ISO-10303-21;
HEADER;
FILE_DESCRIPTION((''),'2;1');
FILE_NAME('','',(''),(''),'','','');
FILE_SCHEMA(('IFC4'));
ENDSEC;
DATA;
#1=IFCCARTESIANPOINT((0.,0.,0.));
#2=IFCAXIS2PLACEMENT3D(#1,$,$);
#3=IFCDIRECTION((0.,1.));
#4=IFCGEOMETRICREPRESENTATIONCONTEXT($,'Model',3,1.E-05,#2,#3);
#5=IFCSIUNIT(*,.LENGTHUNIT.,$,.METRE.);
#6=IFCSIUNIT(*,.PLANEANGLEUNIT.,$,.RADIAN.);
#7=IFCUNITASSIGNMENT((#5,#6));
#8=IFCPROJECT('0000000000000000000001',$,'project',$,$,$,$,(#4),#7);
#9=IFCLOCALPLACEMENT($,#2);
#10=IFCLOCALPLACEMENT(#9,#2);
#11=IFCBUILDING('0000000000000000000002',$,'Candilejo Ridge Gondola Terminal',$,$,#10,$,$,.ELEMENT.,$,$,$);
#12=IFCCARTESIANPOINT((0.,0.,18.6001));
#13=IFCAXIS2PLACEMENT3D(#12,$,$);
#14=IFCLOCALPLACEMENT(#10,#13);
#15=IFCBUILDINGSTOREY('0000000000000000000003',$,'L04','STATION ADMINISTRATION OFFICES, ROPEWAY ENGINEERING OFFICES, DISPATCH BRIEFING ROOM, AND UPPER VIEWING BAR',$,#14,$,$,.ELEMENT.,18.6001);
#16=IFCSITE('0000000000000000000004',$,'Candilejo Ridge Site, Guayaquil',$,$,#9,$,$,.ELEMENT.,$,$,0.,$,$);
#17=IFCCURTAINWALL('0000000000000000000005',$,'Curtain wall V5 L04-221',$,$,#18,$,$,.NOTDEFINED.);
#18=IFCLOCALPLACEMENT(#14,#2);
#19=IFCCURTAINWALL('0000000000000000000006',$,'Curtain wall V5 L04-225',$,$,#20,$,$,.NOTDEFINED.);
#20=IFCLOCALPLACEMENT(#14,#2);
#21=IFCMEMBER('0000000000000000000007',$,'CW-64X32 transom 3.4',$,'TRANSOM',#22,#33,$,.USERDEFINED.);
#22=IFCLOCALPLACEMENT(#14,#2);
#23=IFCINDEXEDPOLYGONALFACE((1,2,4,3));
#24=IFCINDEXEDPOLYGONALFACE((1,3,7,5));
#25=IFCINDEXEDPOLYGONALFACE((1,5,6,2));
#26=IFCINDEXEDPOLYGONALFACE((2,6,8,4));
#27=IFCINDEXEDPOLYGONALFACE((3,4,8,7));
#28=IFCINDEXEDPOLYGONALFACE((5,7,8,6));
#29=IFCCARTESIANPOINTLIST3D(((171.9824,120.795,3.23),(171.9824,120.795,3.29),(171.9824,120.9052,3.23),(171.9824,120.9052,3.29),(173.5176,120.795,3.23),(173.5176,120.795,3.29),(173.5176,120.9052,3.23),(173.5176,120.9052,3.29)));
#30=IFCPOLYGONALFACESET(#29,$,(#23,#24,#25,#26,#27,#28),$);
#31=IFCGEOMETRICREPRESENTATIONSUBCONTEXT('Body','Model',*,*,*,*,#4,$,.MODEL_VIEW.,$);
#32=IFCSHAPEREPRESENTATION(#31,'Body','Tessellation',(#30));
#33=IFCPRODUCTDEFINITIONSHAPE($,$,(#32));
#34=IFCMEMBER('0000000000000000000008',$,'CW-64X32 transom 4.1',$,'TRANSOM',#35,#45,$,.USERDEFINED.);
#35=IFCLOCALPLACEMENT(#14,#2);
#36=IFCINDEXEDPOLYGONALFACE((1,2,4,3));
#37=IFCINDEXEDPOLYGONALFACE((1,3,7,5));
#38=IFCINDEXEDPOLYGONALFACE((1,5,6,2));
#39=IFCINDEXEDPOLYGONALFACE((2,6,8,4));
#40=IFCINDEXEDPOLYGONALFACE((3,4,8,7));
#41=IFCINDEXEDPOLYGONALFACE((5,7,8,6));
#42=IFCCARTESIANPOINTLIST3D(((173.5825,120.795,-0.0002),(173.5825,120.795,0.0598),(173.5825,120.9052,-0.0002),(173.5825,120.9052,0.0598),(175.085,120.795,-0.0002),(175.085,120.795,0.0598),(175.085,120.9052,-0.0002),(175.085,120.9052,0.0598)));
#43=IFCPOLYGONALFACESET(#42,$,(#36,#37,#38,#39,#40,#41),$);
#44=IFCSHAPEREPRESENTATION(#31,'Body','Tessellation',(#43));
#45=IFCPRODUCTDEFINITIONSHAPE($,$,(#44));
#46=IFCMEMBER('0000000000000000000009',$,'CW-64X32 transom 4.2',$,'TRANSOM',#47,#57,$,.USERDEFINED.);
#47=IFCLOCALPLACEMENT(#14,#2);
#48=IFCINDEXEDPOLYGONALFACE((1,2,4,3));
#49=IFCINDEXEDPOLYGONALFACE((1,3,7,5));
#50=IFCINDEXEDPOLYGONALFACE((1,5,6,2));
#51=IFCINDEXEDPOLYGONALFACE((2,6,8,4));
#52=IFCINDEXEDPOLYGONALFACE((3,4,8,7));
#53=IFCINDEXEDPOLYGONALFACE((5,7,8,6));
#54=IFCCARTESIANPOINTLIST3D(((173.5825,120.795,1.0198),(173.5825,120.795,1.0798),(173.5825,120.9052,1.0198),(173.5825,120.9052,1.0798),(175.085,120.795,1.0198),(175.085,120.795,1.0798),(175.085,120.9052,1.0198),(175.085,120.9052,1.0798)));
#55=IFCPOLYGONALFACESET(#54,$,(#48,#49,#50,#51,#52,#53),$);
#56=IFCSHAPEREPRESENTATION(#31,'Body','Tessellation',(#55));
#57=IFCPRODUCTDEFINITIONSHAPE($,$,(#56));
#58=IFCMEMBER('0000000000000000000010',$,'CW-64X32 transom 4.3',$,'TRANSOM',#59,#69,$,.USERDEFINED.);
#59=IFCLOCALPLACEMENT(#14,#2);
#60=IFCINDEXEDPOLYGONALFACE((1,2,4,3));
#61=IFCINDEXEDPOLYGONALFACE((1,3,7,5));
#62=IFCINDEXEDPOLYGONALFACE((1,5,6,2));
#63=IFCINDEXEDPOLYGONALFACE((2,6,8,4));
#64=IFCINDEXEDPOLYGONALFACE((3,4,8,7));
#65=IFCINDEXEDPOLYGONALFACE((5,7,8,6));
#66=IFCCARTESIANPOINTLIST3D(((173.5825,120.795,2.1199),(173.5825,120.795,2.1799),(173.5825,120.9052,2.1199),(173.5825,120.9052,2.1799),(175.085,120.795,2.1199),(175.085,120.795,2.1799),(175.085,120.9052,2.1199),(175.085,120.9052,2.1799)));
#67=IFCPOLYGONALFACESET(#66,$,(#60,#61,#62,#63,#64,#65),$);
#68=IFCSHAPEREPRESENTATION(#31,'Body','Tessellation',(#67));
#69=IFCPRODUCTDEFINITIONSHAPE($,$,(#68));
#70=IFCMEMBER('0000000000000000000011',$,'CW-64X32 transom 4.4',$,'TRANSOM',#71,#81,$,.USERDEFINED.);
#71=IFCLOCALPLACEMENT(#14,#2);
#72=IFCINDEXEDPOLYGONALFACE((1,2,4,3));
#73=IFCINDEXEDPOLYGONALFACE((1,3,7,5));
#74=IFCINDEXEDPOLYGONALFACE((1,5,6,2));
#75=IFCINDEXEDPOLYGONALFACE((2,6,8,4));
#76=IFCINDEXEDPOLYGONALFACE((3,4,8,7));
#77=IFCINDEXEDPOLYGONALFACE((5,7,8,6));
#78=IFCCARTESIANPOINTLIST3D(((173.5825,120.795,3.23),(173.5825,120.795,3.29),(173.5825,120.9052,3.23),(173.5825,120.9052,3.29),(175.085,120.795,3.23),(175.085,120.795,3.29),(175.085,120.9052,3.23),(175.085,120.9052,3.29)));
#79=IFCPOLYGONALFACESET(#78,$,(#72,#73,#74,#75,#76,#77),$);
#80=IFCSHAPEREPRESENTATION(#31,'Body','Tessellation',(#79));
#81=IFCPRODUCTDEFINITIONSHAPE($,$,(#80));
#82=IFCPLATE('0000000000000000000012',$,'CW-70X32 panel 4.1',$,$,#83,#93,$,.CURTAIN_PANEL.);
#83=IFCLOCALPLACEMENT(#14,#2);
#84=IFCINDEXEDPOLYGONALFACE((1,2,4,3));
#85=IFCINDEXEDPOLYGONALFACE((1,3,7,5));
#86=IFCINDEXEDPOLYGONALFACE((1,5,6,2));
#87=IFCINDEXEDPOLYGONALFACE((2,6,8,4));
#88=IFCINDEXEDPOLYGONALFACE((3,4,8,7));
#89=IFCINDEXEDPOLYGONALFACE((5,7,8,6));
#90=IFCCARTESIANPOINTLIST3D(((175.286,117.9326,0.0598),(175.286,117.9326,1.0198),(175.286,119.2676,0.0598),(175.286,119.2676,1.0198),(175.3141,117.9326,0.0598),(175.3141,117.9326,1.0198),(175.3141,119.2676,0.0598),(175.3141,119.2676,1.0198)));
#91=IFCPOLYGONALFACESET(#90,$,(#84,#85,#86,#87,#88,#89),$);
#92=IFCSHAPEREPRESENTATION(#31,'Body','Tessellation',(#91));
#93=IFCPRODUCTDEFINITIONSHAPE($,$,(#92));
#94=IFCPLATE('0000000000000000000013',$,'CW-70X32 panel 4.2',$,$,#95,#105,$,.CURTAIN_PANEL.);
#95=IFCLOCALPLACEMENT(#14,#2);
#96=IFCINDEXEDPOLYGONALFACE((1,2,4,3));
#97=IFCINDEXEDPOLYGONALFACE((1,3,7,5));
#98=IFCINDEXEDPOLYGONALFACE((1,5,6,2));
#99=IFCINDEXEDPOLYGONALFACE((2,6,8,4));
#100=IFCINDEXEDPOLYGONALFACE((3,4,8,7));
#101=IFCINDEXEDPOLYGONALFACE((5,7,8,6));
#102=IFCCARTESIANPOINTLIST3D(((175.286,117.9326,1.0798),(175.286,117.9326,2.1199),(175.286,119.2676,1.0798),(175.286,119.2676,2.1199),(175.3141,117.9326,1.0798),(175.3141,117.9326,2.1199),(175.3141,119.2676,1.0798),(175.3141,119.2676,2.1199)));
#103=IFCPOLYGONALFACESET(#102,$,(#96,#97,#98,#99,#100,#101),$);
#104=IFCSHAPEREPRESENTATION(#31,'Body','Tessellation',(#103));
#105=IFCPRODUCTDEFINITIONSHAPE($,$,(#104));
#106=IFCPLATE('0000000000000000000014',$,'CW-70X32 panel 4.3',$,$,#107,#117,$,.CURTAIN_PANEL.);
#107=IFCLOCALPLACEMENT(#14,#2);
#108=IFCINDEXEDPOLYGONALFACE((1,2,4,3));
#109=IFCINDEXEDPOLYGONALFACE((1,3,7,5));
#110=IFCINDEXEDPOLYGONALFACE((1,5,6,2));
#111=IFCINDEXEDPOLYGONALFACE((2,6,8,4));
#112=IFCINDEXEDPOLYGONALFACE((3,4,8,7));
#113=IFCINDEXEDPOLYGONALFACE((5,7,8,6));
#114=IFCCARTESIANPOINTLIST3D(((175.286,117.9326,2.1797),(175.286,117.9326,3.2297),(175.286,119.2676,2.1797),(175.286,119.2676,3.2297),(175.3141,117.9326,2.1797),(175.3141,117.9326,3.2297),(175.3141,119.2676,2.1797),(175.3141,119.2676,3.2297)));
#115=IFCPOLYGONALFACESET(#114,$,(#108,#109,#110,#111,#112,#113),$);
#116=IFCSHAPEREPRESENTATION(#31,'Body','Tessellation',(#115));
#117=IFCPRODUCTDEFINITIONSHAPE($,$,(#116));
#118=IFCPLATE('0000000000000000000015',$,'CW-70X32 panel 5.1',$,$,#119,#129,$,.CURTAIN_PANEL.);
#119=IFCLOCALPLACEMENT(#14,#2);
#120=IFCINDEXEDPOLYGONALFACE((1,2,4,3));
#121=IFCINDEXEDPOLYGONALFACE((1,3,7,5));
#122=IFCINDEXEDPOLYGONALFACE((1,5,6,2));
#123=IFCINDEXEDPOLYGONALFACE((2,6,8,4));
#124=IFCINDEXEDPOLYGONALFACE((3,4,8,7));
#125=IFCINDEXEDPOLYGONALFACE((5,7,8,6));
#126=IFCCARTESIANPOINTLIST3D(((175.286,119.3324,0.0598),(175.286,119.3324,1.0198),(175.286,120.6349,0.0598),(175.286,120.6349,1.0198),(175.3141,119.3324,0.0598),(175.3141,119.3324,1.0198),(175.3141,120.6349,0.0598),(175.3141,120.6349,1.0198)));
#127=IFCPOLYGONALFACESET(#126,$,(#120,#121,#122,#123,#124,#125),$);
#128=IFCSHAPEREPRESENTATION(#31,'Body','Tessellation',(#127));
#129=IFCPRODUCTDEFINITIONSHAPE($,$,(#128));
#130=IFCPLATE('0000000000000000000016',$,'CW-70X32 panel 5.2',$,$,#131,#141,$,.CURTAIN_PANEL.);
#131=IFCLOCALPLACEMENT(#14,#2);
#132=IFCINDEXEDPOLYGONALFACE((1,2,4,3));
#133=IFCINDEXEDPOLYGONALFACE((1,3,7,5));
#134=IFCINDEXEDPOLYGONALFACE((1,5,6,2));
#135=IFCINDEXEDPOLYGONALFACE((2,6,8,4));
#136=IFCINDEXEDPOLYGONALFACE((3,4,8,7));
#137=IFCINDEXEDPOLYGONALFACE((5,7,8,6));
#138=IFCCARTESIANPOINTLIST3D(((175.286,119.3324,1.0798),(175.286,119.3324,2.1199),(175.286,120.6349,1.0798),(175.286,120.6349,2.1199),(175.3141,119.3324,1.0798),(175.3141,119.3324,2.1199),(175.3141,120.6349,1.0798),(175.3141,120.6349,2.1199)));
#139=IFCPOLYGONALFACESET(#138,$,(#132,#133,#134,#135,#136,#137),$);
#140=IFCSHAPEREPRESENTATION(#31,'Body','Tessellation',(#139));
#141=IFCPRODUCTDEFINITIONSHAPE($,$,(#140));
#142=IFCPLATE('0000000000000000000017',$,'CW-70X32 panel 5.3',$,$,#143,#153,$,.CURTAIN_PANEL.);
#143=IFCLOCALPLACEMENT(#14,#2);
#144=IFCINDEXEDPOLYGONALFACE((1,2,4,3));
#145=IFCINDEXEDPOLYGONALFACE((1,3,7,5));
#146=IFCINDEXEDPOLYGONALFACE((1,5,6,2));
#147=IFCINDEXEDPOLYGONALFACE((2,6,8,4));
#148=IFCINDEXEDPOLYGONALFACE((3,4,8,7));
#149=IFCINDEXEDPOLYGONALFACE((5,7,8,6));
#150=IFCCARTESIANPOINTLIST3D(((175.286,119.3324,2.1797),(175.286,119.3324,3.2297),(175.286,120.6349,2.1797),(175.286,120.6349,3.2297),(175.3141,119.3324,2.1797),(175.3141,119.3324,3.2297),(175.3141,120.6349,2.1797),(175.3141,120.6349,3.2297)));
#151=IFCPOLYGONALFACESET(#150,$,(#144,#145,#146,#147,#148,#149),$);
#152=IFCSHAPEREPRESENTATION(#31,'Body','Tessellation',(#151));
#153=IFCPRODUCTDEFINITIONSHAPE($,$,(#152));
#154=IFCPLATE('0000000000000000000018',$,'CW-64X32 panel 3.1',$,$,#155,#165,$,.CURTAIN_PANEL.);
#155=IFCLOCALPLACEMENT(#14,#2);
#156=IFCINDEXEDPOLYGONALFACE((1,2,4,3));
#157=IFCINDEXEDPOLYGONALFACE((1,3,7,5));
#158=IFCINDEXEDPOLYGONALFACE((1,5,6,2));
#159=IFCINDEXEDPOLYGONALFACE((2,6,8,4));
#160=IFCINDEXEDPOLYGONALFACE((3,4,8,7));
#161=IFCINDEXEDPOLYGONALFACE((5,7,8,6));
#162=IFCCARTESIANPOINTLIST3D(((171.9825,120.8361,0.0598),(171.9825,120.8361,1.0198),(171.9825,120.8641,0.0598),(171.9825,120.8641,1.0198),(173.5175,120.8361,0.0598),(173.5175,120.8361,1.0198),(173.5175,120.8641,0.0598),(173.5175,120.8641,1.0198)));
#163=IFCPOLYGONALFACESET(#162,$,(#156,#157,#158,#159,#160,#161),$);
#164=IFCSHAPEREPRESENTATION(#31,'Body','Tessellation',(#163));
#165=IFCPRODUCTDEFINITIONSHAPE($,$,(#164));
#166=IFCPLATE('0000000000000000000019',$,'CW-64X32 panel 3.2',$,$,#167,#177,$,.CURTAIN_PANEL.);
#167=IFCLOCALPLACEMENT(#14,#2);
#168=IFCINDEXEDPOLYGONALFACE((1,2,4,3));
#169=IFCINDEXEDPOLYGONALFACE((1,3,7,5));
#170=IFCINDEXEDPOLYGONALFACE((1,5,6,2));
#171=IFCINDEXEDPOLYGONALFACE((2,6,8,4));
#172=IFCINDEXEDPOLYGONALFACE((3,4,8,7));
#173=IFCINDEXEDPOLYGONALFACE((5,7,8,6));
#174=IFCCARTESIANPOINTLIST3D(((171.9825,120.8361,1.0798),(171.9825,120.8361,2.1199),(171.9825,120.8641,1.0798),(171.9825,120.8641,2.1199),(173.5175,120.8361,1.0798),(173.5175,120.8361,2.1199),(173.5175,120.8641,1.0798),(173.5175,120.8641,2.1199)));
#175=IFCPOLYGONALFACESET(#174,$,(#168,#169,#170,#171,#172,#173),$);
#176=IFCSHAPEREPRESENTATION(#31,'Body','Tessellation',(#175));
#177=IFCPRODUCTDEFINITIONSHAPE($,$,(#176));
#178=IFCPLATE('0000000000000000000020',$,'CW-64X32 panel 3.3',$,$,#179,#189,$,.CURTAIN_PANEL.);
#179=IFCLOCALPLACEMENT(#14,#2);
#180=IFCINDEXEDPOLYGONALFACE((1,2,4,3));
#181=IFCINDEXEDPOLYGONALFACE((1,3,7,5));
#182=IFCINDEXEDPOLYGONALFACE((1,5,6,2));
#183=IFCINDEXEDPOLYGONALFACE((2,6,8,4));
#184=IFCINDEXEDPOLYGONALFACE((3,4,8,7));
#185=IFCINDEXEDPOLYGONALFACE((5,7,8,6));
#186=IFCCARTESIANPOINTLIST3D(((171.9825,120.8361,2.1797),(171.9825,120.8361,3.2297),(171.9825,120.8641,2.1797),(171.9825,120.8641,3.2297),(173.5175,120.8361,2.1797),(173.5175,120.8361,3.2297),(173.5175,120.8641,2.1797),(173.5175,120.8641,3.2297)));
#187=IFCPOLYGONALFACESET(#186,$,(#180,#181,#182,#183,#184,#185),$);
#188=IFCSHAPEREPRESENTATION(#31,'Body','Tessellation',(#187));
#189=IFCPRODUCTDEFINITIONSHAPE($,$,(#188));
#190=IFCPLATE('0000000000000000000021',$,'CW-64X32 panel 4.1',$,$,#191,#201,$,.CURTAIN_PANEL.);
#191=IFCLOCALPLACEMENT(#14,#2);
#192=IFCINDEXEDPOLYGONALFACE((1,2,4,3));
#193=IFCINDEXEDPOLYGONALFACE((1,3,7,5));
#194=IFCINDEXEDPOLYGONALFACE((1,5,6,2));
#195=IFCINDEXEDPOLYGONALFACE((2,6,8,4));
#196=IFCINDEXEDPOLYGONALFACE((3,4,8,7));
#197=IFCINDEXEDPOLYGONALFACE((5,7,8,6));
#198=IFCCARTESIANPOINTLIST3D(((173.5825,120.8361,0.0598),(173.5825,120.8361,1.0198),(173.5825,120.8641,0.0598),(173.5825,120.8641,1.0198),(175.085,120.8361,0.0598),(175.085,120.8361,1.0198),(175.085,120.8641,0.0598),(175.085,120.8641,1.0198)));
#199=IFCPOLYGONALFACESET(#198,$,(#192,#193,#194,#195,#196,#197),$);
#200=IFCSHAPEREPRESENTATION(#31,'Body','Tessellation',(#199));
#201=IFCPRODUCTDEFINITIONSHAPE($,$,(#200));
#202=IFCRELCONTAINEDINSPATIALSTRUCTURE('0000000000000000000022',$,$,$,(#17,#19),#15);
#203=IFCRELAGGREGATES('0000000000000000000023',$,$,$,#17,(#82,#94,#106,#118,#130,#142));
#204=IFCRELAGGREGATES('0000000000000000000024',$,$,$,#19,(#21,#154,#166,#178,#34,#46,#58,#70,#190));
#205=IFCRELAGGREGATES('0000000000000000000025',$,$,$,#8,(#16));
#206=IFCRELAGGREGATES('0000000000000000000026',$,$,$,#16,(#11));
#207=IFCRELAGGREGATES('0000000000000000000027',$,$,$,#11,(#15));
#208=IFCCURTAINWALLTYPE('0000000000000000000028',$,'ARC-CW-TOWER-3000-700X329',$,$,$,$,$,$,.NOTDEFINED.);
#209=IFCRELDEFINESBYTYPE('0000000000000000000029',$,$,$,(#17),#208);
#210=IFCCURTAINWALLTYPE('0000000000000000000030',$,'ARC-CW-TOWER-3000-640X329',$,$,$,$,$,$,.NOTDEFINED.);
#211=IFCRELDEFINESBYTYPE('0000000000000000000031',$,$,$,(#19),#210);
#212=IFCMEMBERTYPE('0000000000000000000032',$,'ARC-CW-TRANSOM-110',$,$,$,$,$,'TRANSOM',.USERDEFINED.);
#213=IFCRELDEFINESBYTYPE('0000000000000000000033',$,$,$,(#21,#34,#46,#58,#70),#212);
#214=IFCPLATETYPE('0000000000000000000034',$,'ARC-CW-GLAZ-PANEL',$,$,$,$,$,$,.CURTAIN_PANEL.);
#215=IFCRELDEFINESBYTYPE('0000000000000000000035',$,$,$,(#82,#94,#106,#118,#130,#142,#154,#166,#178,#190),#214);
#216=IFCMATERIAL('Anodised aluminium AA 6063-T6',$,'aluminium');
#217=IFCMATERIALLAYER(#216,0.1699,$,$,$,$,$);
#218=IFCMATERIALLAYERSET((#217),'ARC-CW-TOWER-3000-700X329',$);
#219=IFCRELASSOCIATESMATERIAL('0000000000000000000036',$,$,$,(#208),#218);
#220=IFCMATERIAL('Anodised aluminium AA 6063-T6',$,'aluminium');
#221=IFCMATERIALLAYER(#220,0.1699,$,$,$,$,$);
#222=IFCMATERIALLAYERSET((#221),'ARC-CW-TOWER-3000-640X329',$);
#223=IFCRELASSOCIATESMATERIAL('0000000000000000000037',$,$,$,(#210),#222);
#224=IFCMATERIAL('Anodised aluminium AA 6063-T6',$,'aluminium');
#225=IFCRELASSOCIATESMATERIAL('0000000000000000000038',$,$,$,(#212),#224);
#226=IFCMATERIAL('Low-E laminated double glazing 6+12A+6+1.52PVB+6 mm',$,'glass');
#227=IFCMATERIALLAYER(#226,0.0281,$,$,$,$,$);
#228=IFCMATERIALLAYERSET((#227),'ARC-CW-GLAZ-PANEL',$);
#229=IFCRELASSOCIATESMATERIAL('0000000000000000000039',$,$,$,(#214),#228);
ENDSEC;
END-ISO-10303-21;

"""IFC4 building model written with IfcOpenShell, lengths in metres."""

from ifc_helpers import new_model, si_unit, direction, frame, origin, origin_2d, place, context, subcontext, project, spatial, rectangle, extrude, material, layer, layer_set, material_profile, profile_set, type_object, element, aggregate, save


model = new_model("IFC4")

# Units and contexts
model_context = context("Model", 3, precision=1e-05, world=origin(), true_north=direction((0.0, 1.0)))
body_context = subcontext(model_context, "Body", "Model", "MODEL_VIEW")
ifc_project = project(units=[si_unit("LENGTHUNIT", "METRE"), si_unit("PLANEANGLEUNIT", "RADIAN")], contexts=[model_context])

# Site, building, storey
site_placement = place(None, origin())
site = spatial("IfcSite", under=ifc_project, at=site_placement, Name="Candilejo Ridge Site, Guayaquil", CompositionType="ELEMENT", RefElevation=0.0)
building_placement = place(site_placement, origin())
building = spatial("IfcBuilding", under=site, at=building_placement, Name="Candilejo Ridge Gondola Terminal", CompositionType="ELEMENT")
storey_placement = place(building_placement, frame((0.0, 0.0, 18.6001)))
storey = spatial("IfcBuildingStorey", under=building, at=storey_placement, Name="L04", Description="STATION ADMINISTRATION OFFICES, ROPEWAY ENGINEERING OFFICES, DISPATCH BRIEFING ROOM, AND UPPER VIEWING BAR", CompositionType="ELEMENT", Elevation=18.6001)

# Curtain walls
ifc_material_1 = material(Name="Anodised aluminium AA 6063-T6", Category="aluminium")
ifc_layer_1 = layer(ifc_material_1, 0.1699)
ifc_layer_set_1 = layer_set([ifc_layer_1], Name="ARC-CW-TOWER-3000-700X329")
curtain_wall_type_1 = type_object("IfcCurtainWallType", Name="ARC-CW-TOWER-3000-700X329", PredefinedType="NOTDEFINED", material=ifc_layer_set_1)
curtain_wall_1_placement = place(storey_placement, origin())
curtain_wall_1 = element("IfcCurtainWall", 1, at=curtain_wall_1_placement, inside=storey, type_object=curtain_wall_type_1, Name="Curtain wall V5 L04-221", PredefinedType="NOTDEFINED")
ifc_material_2 = material(Name="Anodised aluminium AA 6063-T6", Category="aluminium")
ifc_layer_2 = layer(ifc_material_2, 0.1699)
ifc_layer_set_2 = layer_set([ifc_layer_2], Name="ARC-CW-TOWER-3000-640X329")
curtain_wall_type_2 = type_object("IfcCurtainWallType", Name="ARC-CW-TOWER-3000-640X329", PredefinedType="NOTDEFINED", material=ifc_layer_set_2)
curtain_wall_2_placement = place(storey_placement, origin())
curtain_wall_2 = element("IfcCurtainWall", 2, at=curtain_wall_2_placement, inside=storey, type_object=curtain_wall_type_2, Name="Curtain wall V5 L04-225", PredefinedType="NOTDEFINED")

# Members
ifc_material_3 = material(Name="Anodised aluminium AA 6063-T6", Category="aluminium")
ifc_material_profile_1 = material_profile(ifc_material_3, rectangle(XDim=0.1101, YDim=0.0601, at=origin_2d()))
ifc_profile_set_1 = profile_set([ifc_material_profile_1], Name="Anodised aluminium AA 6063-T6")
member_type_1 = type_object("IfcMemberType", Name="ARC-CW-TRANSOM-110", ElementType="TRANSOM", PredefinedType="USERDEFINED", material=ifc_profile_set_1)
member_1_placement = place(storey_placement, frame((171.9824, 120.8501, 3.26), z_axis=(1.0, 0.0, 0.0), x_axis=(0.0, 1.0, 0.0)))
member_1 = element("IfcMember", 3, at=member_1_placement, type_object=member_type_1, Name="CW-64X32 transom 3.4", ObjectType="TRANSOM", PredefinedType="USERDEFINED", context=body_context, shape_type="SweptSolid", body=[
    extrude(rectangle(XDim=0.1101, YDim=0.0601, at=origin_2d()), origin(), (0.0, 0.0, 1.0), 1.5352),
])
member_2_placement = place(storey_placement, frame((173.5825, 120.8501, 0.0298), z_axis=(1.0, 0.0, 0.0), x_axis=(0.0, 1.0, 0.0)))
member_2 = element("IfcMember", 4, at=member_2_placement, type_object=member_type_1, Name="CW-64X32 transom 4.1", ObjectType="TRANSOM", PredefinedType="USERDEFINED", context=body_context, shape_type="SweptSolid", body=[
    extrude(rectangle(XDim=0.1101, YDim=0.0601, at=origin_2d()), origin(), (0.0, 0.0, 1.0), 1.5024),
])
member_3_placement = place(storey_placement, frame((173.5825, 120.8501, 1.0498), z_axis=(1.0, 0.0, 0.0), x_axis=(0.0, 1.0, 0.0)))
member_3 = element("IfcMember", 5, at=member_3_placement, type_object=member_type_1, Name="CW-64X32 transom 4.2", ObjectType="TRANSOM", PredefinedType="USERDEFINED", context=body_context, shape_type="SweptSolid", body=[
    extrude(rectangle(XDim=0.1101, YDim=0.0601, at=origin_2d()), origin(), (0.0, 0.0, 1.0), 1.5024),
])
member_4_placement = place(storey_placement, frame((173.5825, 120.8501, 2.1499), z_axis=(1.0, 0.0, 0.0), x_axis=(0.0, 1.0, 0.0)))
member_4 = element("IfcMember", 6, at=member_4_placement, type_object=member_type_1, Name="CW-64X32 transom 4.3", ObjectType="TRANSOM", PredefinedType="USERDEFINED", context=body_context, shape_type="SweptSolid", body=[
    extrude(rectangle(XDim=0.1101, YDim=0.0601, at=origin_2d()), origin(), (0.0, 0.0, 1.0), 1.5024),
])
member_5_placement = place(storey_placement, frame((173.5825, 120.8501, 3.26), z_axis=(1.0, 0.0, 0.0), x_axis=(0.0, 1.0, 0.0)))
member_5 = element("IfcMember", 7, at=member_5_placement, type_object=member_type_1, Name="CW-64X32 transom 4.4", ObjectType="TRANSOM", PredefinedType="USERDEFINED", context=body_context, shape_type="SweptSolid", body=[
    extrude(rectangle(XDim=0.1101, YDim=0.0601, at=origin_2d()), origin(), (0.0, 0.0, 1.0), 1.5024),
])

# Plates
ifc_material_4 = material(Name="Low-E laminated double glazing 6+12A+6+1.52PVB+6 mm", Category="glass")
ifc_layer_3 = layer(ifc_material_4, 0.0281)
ifc_layer_set_3 = layer_set([ifc_layer_3], Name="ARC-CW-GLAZ-PANEL")
plate_type = type_object("IfcPlateType", Name="ARC-CW-GLAZ-PANEL", PredefinedType="CURTAIN_PANEL", material=ifc_layer_set_3)
plate_1_placement = place(storey_placement, frame((175.3, 118.6001, 0.0598), z_axis=(0.0, 0.0, 1.0), x_axis=(0.0, 1.0, 0.0)))
plate_1 = element("IfcPlate", 8, at=plate_1_placement, type_object=plate_type, Name="CW-70X32 panel 4.1", PredefinedType="CURTAIN_PANEL", context=body_context, shape_type="SweptSolid", body=[
    extrude(rectangle(XDim=1.335, YDim=0.0281, at=origin_2d()), origin(), (0.0, 0.0, 1.0), 0.96),
])
plate_2_placement = place(storey_placement, frame((175.3, 118.6001, 1.0798), z_axis=(0.0, 0.0, 1.0), x_axis=(0.0, 1.0, 0.0)))
plate_2 = element("IfcPlate", 9, at=plate_2_placement, type_object=plate_type, Name="CW-70X32 panel 4.2", PredefinedType="CURTAIN_PANEL", context=body_context, shape_type="SweptSolid", body=[
    extrude(rectangle(XDim=1.335, YDim=0.0281, at=origin_2d()), origin(), (0.0, 0.0, 1.0), 1.04),
])
plate_3_placement = place(storey_placement, frame((175.3, 118.6001, 2.1797), z_axis=(0.0, 0.0, 1.0), x_axis=(0.0, 1.0, 0.0)))
plate_3 = element("IfcPlate", 10, at=plate_3_placement, type_object=plate_type, Name="CW-70X32 panel 4.3", PredefinedType="CURTAIN_PANEL", context=body_context, shape_type="SweptSolid", body=[
    extrude(rectangle(XDim=1.335, YDim=0.0281, at=origin_2d()), origin(), (0.0, 0.0, 1.0), 1.05),
])
plate_4_placement = place(storey_placement, frame((175.3, 119.9836, 0.0598), z_axis=(0.0, 0.0, 1.0), x_axis=(0.0, 1.0, 0.0)))
plate_4 = element("IfcPlate", 11, at=plate_4_placement, type_object=plate_type, Name="CW-70X32 panel 5.1", PredefinedType="CURTAIN_PANEL", context=body_context, shape_type="SweptSolid", body=[
    extrude(rectangle(XDim=1.3025, YDim=0.0281, at=origin_2d()), origin(), (0.0, 0.0, 1.0), 0.96),
])
plate_5_placement = place(storey_placement, frame((175.3, 119.9836, 1.0798), z_axis=(0.0, 0.0, 1.0), x_axis=(0.0, 1.0, 0.0)))
plate_5 = element("IfcPlate", 12, at=plate_5_placement, type_object=plate_type, Name="CW-70X32 panel 5.2", PredefinedType="CURTAIN_PANEL", context=body_context, shape_type="SweptSolid", body=[
    extrude(rectangle(XDim=1.3025, YDim=0.0281, at=origin_2d()), origin(), (0.0, 0.0, 1.0), 1.04),
])
plate_6_placement = place(storey_placement, frame((175.3, 119.9836, 2.1797), z_axis=(0.0, 0.0, 1.0), x_axis=(0.0, 1.0, 0.0)))
plate_6 = element("IfcPlate", 13, at=plate_6_placement, type_object=plate_type, Name="CW-70X32 panel 5.3", PredefinedType="CURTAIN_PANEL", context=body_context, shape_type="SweptSolid", body=[
    extrude(rectangle(XDim=1.3025, YDim=0.0281, at=origin_2d()), origin(), (0.0, 0.0, 1.0), 1.05),
])
aggregate(curtain_wall_1, [plate_1, plate_2, plate_3, plate_4, plate_5, plate_6])
plate_7_placement = place(storey_placement, frame((172.75, 120.8501, 0.0598), z_axis=(0.0, 0.0, 1.0), x_axis=(1.0, 0.0, 0.0)))
plate_7 = element("IfcPlate", 14, at=plate_7_placement, type_object=plate_type, Name="CW-64X32 panel 3.1", PredefinedType="CURTAIN_PANEL", context=body_context, shape_type="SweptSolid", body=[
    extrude(rectangle(XDim=1.5349, YDim=0.0281, at=origin_2d()), origin(), (0.0, 0.0, 1.0), 0.96),
])
plate_8_placement = place(storey_placement, frame((172.75, 120.8501, 1.0798), z_axis=(0.0, 0.0, 1.0), x_axis=(1.0, 0.0, 0.0)))
plate_8 = element("IfcPlate", 15, at=plate_8_placement, type_object=plate_type, Name="CW-64X32 panel 3.2", PredefinedType="CURTAIN_PANEL", context=body_context, shape_type="SweptSolid", body=[
    extrude(rectangle(XDim=1.5349, YDim=0.0281, at=origin_2d()), origin(), (0.0, 0.0, 1.0), 1.04),
])
plate_9_placement = place(storey_placement, frame((172.75, 120.8501, 2.1797), z_axis=(0.0, 0.0, 1.0), x_axis=(1.0, 0.0, 0.0)))
plate_9 = element("IfcPlate", 16, at=plate_9_placement, type_object=plate_type, Name="CW-64X32 panel 3.3", PredefinedType="CURTAIN_PANEL", context=body_context, shape_type="SweptSolid", body=[
    extrude(rectangle(XDim=1.5349, YDim=0.0281, at=origin_2d()), origin(), (0.0, 0.0, 1.0), 1.05),
])
plate_10_placement = place(storey_placement, frame((174.3337, 120.8501, 0.0598), z_axis=(0.0, 0.0, 1.0), x_axis=(1.0, 0.0, 0.0)))
plate_10 = element("IfcPlate", 17, at=plate_10_placement, type_object=plate_type, Name="CW-64X32 panel 4.1", PredefinedType="CURTAIN_PANEL", context=body_context, shape_type="SweptSolid", body=[
    extrude(rectangle(XDim=1.5024, YDim=0.0281, at=origin_2d()), origin(), (0.0, 0.0, 1.0), 0.96),
])
aggregate(curtain_wall_2, [member_1, plate_7, plate_8, plate_9, member_2, member_3, member_4, member_5, plate_10])

save(model, "model.ifc")
